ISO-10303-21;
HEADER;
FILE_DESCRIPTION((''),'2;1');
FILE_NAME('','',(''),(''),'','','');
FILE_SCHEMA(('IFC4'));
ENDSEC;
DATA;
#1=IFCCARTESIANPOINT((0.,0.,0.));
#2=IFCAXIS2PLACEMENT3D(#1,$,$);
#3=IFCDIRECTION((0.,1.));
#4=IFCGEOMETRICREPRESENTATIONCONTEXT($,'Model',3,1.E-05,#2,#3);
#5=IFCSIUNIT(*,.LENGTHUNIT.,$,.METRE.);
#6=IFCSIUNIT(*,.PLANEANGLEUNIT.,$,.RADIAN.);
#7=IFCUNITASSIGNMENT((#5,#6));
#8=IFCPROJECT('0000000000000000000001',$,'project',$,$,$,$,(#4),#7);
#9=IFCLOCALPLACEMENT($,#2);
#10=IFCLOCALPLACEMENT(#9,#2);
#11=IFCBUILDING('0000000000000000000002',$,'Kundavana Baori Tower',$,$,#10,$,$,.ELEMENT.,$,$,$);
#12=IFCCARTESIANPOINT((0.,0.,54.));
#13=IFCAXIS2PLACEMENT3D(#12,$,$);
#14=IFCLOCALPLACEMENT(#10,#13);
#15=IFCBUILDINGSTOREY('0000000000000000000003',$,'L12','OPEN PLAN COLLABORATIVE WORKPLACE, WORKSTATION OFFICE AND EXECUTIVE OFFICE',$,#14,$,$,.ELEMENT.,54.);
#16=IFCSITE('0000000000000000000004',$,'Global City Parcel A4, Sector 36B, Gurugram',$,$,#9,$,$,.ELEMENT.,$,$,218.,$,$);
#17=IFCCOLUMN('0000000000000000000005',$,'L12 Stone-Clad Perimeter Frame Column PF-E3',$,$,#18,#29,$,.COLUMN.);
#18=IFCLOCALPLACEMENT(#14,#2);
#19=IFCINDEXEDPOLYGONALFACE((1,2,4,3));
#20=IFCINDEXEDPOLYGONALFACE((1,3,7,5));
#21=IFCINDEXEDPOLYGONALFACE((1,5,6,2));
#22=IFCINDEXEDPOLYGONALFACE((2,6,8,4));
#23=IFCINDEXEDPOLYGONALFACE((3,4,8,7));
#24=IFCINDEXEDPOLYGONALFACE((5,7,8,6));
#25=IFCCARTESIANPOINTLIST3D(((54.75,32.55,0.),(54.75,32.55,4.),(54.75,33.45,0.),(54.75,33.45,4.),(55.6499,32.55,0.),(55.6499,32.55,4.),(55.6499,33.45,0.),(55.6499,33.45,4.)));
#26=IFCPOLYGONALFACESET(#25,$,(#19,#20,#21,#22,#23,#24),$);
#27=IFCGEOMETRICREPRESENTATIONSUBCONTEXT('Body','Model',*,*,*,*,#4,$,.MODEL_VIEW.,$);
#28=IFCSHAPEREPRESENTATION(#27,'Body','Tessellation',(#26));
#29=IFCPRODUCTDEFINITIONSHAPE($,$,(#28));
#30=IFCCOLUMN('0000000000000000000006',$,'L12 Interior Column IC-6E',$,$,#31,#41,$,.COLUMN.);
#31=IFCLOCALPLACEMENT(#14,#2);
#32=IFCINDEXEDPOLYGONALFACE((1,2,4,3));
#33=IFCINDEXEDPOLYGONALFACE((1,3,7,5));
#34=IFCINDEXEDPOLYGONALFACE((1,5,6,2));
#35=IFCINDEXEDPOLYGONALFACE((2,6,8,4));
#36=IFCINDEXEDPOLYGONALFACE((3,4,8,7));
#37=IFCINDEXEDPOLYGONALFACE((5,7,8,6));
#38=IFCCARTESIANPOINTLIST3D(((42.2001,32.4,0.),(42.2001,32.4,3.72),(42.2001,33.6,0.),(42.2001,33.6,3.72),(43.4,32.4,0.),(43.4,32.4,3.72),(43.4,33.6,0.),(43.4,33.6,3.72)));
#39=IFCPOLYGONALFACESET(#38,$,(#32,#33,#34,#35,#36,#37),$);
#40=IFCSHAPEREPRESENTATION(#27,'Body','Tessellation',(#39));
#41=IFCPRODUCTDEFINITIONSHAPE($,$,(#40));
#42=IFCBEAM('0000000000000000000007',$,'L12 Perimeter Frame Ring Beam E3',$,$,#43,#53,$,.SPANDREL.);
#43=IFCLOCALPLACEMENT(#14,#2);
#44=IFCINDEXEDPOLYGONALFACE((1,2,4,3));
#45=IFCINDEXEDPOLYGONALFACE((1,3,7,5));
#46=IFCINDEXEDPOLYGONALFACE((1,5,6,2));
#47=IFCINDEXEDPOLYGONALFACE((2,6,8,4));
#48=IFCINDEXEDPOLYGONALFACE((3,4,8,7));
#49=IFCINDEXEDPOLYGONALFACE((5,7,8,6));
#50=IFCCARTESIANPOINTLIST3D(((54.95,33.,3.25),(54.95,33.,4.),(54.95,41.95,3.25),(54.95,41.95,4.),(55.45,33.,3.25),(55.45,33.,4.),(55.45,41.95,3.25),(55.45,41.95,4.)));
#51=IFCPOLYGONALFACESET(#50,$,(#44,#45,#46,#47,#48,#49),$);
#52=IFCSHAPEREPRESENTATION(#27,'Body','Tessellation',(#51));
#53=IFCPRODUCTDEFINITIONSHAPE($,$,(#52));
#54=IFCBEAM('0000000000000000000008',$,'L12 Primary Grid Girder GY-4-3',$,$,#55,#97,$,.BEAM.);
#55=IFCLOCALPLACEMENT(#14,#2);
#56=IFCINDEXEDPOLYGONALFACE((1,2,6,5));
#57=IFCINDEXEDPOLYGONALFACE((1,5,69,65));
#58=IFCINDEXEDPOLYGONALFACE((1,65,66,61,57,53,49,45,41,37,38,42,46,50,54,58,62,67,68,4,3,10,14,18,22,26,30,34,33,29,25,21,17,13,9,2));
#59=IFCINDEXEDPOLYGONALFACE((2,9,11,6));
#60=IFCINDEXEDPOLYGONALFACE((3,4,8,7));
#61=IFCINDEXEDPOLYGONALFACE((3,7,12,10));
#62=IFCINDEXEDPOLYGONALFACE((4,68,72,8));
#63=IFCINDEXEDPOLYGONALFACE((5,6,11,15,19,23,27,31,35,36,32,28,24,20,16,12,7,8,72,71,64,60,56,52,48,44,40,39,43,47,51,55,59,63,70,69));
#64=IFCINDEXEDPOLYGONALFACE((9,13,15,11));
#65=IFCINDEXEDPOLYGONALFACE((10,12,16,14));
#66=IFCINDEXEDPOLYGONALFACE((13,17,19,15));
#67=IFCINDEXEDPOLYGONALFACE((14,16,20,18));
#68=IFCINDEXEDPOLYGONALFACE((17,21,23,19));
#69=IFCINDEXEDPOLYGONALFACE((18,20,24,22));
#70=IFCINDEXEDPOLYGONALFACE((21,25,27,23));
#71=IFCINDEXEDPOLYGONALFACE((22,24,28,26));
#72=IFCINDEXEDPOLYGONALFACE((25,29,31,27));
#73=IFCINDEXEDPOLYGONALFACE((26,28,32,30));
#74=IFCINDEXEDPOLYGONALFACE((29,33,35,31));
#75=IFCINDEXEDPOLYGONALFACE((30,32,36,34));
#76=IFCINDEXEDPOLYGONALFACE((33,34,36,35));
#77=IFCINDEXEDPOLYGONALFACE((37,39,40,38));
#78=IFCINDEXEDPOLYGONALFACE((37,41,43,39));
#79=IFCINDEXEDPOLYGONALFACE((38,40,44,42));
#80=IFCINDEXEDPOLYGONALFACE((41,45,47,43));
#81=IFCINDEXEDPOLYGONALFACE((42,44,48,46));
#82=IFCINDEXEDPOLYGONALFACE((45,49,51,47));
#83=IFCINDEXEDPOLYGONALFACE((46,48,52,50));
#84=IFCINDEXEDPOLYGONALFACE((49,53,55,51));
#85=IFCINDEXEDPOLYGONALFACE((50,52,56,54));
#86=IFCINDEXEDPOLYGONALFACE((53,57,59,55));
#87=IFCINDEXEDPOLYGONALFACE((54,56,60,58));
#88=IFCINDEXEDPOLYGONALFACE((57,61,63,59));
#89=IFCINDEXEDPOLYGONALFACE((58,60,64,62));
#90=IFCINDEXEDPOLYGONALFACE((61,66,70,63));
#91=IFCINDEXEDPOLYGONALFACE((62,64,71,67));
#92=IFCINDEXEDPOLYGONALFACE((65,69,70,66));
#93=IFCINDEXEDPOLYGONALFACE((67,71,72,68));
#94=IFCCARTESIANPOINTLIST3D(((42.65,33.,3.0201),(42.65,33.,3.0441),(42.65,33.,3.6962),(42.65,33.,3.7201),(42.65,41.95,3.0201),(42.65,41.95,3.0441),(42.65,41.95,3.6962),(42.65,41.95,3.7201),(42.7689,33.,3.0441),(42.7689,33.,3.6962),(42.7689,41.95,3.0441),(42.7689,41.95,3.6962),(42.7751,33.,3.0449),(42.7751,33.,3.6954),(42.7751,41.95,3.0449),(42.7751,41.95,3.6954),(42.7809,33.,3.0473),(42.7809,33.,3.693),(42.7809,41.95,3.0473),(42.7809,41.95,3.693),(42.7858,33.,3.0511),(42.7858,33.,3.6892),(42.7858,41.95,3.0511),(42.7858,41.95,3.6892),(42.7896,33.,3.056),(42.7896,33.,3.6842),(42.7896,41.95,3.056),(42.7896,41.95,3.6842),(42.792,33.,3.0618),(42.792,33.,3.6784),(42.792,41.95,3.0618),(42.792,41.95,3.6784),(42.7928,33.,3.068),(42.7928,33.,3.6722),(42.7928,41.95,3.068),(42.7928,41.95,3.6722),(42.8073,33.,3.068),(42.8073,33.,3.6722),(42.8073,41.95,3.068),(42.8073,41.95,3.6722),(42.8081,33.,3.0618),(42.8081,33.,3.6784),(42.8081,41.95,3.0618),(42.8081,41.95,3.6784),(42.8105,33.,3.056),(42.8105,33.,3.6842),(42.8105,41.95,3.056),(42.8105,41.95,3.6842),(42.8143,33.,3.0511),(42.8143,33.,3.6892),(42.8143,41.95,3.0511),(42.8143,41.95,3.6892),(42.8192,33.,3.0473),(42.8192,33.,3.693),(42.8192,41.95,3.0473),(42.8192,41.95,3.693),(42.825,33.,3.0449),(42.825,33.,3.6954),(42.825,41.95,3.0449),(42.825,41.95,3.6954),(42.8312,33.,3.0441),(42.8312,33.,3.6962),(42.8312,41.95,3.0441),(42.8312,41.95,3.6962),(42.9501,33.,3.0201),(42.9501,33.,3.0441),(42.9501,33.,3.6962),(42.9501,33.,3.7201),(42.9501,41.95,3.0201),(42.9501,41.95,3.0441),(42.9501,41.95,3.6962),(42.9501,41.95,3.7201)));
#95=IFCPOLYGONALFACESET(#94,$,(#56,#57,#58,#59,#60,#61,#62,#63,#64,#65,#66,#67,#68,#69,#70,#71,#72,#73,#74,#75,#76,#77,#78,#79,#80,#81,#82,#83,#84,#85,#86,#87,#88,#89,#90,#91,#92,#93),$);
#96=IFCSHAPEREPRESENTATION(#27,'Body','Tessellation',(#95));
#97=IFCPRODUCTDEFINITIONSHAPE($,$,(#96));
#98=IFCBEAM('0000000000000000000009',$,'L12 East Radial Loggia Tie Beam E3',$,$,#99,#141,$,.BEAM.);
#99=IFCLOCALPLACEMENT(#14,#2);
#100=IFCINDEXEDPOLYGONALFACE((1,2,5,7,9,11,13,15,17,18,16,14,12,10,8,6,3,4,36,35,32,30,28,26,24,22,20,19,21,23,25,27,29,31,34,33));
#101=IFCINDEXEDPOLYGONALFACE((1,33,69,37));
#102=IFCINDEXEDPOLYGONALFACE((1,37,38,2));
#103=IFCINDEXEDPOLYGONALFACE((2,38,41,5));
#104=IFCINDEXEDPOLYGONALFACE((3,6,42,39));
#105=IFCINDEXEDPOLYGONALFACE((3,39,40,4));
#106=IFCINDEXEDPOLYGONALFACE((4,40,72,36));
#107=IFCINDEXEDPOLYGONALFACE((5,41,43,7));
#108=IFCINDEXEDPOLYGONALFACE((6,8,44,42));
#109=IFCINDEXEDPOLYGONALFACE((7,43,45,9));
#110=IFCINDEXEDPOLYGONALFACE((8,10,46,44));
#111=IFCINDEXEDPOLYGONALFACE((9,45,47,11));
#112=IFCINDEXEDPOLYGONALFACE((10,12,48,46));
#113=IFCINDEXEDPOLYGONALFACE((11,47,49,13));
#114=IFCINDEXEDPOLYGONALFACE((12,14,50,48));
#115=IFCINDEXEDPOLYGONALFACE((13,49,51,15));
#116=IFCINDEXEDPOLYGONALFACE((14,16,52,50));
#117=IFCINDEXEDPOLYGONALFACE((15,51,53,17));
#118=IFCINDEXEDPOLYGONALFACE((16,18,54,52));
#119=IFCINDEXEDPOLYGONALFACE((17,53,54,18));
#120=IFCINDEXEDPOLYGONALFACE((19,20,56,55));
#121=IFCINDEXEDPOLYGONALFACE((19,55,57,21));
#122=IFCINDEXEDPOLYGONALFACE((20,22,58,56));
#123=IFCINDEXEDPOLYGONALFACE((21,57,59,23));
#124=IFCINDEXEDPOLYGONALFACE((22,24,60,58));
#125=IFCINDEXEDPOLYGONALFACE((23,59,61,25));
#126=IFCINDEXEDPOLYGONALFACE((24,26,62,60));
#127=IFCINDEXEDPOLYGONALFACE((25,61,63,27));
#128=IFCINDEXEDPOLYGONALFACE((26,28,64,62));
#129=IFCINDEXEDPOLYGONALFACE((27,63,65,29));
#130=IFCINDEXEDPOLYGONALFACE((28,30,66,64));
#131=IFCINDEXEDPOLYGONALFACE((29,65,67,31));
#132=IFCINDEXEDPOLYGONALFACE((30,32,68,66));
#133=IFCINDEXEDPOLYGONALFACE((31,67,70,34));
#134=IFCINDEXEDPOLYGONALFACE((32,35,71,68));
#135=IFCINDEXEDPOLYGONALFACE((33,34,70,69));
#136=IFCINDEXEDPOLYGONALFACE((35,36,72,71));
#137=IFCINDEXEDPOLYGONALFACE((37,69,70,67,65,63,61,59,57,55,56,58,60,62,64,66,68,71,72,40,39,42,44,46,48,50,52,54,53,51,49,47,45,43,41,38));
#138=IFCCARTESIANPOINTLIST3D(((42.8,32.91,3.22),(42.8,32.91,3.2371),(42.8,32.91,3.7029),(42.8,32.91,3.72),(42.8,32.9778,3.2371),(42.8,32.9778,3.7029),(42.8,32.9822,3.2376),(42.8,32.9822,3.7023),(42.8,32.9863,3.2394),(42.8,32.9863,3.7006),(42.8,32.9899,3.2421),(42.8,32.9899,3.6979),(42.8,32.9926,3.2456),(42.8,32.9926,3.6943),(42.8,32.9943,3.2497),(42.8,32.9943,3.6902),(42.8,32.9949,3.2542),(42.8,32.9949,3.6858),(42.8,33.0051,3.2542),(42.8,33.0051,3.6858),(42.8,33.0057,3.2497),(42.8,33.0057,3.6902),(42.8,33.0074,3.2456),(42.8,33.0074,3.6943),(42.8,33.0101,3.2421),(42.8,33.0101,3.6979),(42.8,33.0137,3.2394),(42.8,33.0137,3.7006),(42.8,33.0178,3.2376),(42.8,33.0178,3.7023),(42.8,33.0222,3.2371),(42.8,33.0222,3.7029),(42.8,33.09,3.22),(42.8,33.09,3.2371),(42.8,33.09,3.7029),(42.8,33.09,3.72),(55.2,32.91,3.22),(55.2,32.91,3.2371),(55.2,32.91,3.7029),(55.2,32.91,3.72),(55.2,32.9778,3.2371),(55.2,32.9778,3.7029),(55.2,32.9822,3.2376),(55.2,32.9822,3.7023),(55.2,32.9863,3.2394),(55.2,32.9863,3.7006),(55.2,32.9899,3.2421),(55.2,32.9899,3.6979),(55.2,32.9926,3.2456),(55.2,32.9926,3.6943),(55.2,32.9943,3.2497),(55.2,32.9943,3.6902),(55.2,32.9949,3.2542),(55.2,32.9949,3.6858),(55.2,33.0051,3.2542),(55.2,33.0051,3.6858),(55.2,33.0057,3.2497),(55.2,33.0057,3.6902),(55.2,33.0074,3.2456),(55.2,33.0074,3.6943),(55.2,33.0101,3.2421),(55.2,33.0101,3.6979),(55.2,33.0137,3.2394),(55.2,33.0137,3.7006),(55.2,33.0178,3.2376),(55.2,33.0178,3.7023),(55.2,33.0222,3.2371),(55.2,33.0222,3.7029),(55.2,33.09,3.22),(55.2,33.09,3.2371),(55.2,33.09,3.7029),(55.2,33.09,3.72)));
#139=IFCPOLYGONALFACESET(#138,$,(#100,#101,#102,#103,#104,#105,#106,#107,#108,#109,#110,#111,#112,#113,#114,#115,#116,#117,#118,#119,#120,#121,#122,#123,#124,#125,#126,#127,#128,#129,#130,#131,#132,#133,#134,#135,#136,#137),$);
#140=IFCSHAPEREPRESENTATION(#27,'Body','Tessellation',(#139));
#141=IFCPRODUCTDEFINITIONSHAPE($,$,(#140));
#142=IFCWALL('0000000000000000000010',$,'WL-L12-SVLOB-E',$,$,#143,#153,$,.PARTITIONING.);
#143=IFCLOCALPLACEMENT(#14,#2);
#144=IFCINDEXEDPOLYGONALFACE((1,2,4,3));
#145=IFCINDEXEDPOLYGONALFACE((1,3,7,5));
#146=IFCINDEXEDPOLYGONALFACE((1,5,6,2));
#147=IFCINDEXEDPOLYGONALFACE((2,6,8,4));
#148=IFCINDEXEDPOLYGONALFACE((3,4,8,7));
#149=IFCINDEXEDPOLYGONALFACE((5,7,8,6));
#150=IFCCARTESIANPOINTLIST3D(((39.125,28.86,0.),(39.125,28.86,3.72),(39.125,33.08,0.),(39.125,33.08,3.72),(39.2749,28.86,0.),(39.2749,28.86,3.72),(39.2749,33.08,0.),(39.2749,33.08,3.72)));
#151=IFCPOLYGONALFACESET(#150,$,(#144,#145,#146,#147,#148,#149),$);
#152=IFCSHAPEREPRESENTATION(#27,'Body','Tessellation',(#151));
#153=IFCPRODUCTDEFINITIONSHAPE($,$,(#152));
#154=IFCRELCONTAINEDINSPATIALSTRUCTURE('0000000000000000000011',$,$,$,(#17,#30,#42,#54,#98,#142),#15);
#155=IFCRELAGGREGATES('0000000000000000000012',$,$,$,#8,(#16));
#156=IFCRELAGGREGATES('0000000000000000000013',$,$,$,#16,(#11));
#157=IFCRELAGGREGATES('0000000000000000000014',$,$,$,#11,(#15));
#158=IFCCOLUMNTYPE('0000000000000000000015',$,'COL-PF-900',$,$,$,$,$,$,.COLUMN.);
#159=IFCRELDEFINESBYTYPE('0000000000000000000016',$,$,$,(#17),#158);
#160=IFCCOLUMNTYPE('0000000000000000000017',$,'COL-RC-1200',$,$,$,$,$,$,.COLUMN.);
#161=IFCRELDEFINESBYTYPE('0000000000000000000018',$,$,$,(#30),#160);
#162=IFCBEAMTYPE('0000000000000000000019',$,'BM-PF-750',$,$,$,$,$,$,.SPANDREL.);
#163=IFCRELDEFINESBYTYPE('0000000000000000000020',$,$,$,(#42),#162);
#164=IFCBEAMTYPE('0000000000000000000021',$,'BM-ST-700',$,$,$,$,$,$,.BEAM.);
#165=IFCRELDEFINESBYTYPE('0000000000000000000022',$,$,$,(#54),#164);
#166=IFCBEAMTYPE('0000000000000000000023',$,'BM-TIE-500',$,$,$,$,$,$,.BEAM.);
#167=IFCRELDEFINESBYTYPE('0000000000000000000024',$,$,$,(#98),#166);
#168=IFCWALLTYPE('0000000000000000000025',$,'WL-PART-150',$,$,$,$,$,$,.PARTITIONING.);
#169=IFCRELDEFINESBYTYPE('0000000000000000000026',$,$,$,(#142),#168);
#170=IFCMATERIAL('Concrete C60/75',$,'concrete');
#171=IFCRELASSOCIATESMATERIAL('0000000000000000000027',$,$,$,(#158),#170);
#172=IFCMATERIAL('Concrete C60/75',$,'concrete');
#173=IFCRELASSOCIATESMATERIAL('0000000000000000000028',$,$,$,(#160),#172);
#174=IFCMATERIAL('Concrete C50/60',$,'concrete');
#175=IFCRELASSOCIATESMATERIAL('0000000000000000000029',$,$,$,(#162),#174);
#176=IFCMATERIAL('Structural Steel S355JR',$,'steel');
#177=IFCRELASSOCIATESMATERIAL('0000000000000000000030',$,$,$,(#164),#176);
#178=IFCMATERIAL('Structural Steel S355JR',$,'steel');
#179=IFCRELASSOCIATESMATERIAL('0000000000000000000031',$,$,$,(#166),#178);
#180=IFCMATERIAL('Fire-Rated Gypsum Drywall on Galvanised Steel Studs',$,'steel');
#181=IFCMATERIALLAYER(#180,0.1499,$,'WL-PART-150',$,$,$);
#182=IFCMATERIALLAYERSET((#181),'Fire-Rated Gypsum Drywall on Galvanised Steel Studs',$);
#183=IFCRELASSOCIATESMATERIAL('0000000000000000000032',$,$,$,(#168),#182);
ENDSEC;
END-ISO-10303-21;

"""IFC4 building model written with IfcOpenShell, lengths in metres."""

from ifc_helpers import new_model, si_unit, direction, frame, frame_2d, origin, origin_2d, place, context, subcontext, project, spatial, rectangle, i_section, extrude, material, layer, layer_set, material_profile, profile_set, type_object, element, save


model = new_model("IFC4")

# Units and contexts
model_context = context("Model", 3, precision=1e-05, world=origin(), true_north=direction((0.0, 1.0)))
body_context = subcontext(model_context, "Body", "Model", "MODEL_VIEW")
ifc_project = project(units=[si_unit("LENGTHUNIT", "METRE"), si_unit("PLANEANGLEUNIT", "RADIAN")], contexts=[model_context])

# Site, building, storey
site_placement = place(None, origin())
site = spatial("IfcSite", under=ifc_project, at=site_placement, Name="Global City Parcel A4, Sector 36B, Gurugram", CompositionType="ELEMENT", RefElevation=218.0)
building_placement = place(site_placement, origin())
building = spatial("IfcBuilding", under=site, at=building_placement, Name="Kundavana Baori Tower", CompositionType="ELEMENT")
storey_placement = place(building_placement, frame((0.0, 0.0, 54.0)))
storey = spatial("IfcBuildingStorey", under=building, at=storey_placement, Name="L12", Description="OPEN PLAN COLLABORATIVE WORKPLACE, WORKSTATION OFFICE AND EXECUTIVE OFFICE", CompositionType="ELEMENT", Elevation=54.0)

# Columns
ifc_material_1 = material(Name="Concrete C60/75", Category="concrete")
ifc_material_profile_1 = material_profile(ifc_material_1, rectangle(XDim=0.8999, YDim=0.8999, at=origin_2d()), Name="RC PF 900x900")
ifc_profile_set_1 = profile_set([ifc_material_profile_1], Name="Concrete C60/75")
column_type_1 = type_object("IfcColumnType", Name="COL-PF-900", PredefinedType="COLUMN", material=ifc_profile_set_1)
column_1_placement = place(storey_placement, frame((55.2, 33.0, 0.0), z_axis=(0.0, 0.0, 1.0), x_axis=(1.0, 0.0, 0.0)))
element("IfcColumn", 1, at=column_1_placement, inside=storey, type_object=column_type_1, Name="L12 Stone-Clad Perimeter Frame Column PF-E3", PredefinedType="COLUMN", context=body_context, shape_type="SweptSolid", body=[
    extrude(rectangle(XDim=0.8999, YDim=0.8999, at=origin_2d()), origin(), (0.0, 0.0, 1.0), 4.0),
])
ifc_material_2 = material(Name="Concrete C60/75", Category="concrete")
ifc_material_profile_2 = material_profile(ifc_material_2, rectangle(XDim=1.2, YDim=1.2, at=origin_2d()), Name="RC 1200x1200")
ifc_profile_set_2 = profile_set([ifc_material_profile_2], Name="Concrete C60/75")
column_type_2 = type_object("IfcColumnType", Name="COL-RC-1200", PredefinedType="COLUMN", material=ifc_profile_set_2)
column_2_placement = place(storey_placement, frame((42.8, 33.0, 0.0), z_axis=(0.0, 0.0, 1.0), x_axis=(1.0, 0.0, 0.0)))
element("IfcColumn", 2, at=column_2_placement, inside=storey, type_object=column_type_2, Name="L12 Interior Column IC-6E", PredefinedType="COLUMN", context=body_context, shape_type="SweptSolid", body=[
    extrude(rectangle(XDim=1.2, YDim=1.2, at=origin_2d()), origin(), (0.0, 0.0, 1.0), 3.72),
])

# Beams
ifc_material_3 = material(Name="Concrete C50/60", Category="concrete")
ifc_material_profile_3 = material_profile(ifc_material_3, rectangle(XDim=0.5, YDim=0.75, at=origin_2d()), Name="RC BM 500x750")
ifc_profile_set_3 = profile_set([ifc_material_profile_3], Name="Concrete C50/60")
beam_type_1 = type_object("IfcBeamType", Name="BM-PF-750", PredefinedType="SPANDREL", material=ifc_profile_set_3)
beam_1_placement = place(storey_placement, frame((55.2, 33.0, 3.625), z_axis=(0.0, 1.0, 0.0), x_axis=(-1.0, 0.0, 0.0)))
element("IfcBeam", 3, at=beam_1_placement, inside=storey, type_object=beam_type_1, Name="L12 Perimeter Frame Ring Beam E3", PredefinedType="SPANDREL", context=body_context, shape_type="SweptSolid", body=[
    extrude(rectangle(XDim=0.5, YDim=0.75, at=origin_2d()), origin(), (0.0, 0.0, 1.0), 8.95),
])
ifc_material_4 = material(Name="Structural Steel S355JR", Category="steel")
ifc_material_profile_4 = material_profile(ifc_material_4, i_section(OverallWidth=0.3, OverallDepth=0.7, WebThickness=0.0144, FlangeThickness=0.0239, FilletRadius=0.0239, at=origin_2d()), Name="NPB 700x300x170")
ifc_profile_set_4 = profile_set([ifc_material_profile_4], Name="Structural Steel S355JR")
beam_type_2 = type_object("IfcBeamType", Name="BM-ST-700", PredefinedType="BEAM", material=ifc_profile_set_4)
beam_2_placement = place(storey_placement, frame((42.8, 33.0, 3.3701), z_axis=(0.0, 1.0, 0.0), x_axis=(-1.0, 0.0, 0.0)))
element("IfcBeam", 4, at=beam_2_placement, inside=storey, type_object=beam_type_2, Name="L12 Primary Grid Girder GY-4-3", PredefinedType="BEAM", context=body_context, shape_type="SweptSolid", body=[
    extrude(i_section(OverallWidth=0.3, OverallDepth=0.7, WebThickness=0.0144, FlangeThickness=0.0239, FilletRadius=0.0239, at=origin_2d()), origin(), (0.0, 0.0, 1.0), 8.95),
])
ifc_material_5 = material(Name="Structural Steel S355JR", Category="steel")
ifc_material_profile_5 = material_profile(ifc_material_5, i_section(OverallWidth=0.1799, OverallDepth=0.5, WebThickness=0.0103, FlangeThickness=0.0171, FilletRadius=0.0171, at=origin_2d()), Name="ISMB 500")
ifc_profile_set_5 = profile_set([ifc_material_profile_5], Name="Structural Steel S355JR")
beam_type_3 = type_object("IfcBeamType", Name="BM-TIE-500", PredefinedType="BEAM", material=ifc_profile_set_5)
beam_3_placement = place(storey_placement, frame((42.8, 33.0, 3.47), z_axis=(1.0, 0.0, 0.0), x_axis=(0.0, 1.0, 0.0)))
element("IfcBeam", 5, at=beam_3_placement, inside=storey, type_object=beam_type_3, Name="L12 East Radial Loggia Tie Beam E3", PredefinedType="BEAM", context=body_context, shape_type="SweptSolid", body=[
    extrude(i_section(OverallWidth=0.1799, OverallDepth=0.5, WebThickness=0.0103, FlangeThickness=0.0171, FilletRadius=0.0171, at=origin_2d()), origin(), (0.0, 0.0, 1.0), 12.3999),
])

# Wall
ifc_material_6 = material(Name="Fire-Rated Gypsum Drywall on Galvanised Steel Studs", Category="steel")
ifc_layer_1 = layer(ifc_material_6, 0.1499, Name="WL-PART-150")
ifc_layer_set_1 = layer_set([ifc_layer_1], Name="Fire-Rated Gypsum Drywall on Galvanised Steel Studs")
wall_type_1 = type_object("IfcWallType", Name="WL-PART-150", PredefinedType="PARTITIONING", material=ifc_layer_set_1)
wall_1_placement = place(storey_placement, frame((39.2, 28.8601, 0.0), z_axis=(0.0, 0.0, 1.0), x_axis=(0.0, 1.0, 0.0)))
element("IfcWall", 6, at=wall_1_placement, inside=storey, type_object=wall_type_1, Name="WL-L12-SVLOB-E", PredefinedType="PARTITIONING", context=body_context, shape_type="SweptSolid", body=[
    extrude(rectangle(XDim=4.22, YDim=0.1499, at=frame_2d((2.1099, 0.0))), origin(), (0.0, 0.0, 1.0), 3.72),
])

save(model, "model.ifc")
